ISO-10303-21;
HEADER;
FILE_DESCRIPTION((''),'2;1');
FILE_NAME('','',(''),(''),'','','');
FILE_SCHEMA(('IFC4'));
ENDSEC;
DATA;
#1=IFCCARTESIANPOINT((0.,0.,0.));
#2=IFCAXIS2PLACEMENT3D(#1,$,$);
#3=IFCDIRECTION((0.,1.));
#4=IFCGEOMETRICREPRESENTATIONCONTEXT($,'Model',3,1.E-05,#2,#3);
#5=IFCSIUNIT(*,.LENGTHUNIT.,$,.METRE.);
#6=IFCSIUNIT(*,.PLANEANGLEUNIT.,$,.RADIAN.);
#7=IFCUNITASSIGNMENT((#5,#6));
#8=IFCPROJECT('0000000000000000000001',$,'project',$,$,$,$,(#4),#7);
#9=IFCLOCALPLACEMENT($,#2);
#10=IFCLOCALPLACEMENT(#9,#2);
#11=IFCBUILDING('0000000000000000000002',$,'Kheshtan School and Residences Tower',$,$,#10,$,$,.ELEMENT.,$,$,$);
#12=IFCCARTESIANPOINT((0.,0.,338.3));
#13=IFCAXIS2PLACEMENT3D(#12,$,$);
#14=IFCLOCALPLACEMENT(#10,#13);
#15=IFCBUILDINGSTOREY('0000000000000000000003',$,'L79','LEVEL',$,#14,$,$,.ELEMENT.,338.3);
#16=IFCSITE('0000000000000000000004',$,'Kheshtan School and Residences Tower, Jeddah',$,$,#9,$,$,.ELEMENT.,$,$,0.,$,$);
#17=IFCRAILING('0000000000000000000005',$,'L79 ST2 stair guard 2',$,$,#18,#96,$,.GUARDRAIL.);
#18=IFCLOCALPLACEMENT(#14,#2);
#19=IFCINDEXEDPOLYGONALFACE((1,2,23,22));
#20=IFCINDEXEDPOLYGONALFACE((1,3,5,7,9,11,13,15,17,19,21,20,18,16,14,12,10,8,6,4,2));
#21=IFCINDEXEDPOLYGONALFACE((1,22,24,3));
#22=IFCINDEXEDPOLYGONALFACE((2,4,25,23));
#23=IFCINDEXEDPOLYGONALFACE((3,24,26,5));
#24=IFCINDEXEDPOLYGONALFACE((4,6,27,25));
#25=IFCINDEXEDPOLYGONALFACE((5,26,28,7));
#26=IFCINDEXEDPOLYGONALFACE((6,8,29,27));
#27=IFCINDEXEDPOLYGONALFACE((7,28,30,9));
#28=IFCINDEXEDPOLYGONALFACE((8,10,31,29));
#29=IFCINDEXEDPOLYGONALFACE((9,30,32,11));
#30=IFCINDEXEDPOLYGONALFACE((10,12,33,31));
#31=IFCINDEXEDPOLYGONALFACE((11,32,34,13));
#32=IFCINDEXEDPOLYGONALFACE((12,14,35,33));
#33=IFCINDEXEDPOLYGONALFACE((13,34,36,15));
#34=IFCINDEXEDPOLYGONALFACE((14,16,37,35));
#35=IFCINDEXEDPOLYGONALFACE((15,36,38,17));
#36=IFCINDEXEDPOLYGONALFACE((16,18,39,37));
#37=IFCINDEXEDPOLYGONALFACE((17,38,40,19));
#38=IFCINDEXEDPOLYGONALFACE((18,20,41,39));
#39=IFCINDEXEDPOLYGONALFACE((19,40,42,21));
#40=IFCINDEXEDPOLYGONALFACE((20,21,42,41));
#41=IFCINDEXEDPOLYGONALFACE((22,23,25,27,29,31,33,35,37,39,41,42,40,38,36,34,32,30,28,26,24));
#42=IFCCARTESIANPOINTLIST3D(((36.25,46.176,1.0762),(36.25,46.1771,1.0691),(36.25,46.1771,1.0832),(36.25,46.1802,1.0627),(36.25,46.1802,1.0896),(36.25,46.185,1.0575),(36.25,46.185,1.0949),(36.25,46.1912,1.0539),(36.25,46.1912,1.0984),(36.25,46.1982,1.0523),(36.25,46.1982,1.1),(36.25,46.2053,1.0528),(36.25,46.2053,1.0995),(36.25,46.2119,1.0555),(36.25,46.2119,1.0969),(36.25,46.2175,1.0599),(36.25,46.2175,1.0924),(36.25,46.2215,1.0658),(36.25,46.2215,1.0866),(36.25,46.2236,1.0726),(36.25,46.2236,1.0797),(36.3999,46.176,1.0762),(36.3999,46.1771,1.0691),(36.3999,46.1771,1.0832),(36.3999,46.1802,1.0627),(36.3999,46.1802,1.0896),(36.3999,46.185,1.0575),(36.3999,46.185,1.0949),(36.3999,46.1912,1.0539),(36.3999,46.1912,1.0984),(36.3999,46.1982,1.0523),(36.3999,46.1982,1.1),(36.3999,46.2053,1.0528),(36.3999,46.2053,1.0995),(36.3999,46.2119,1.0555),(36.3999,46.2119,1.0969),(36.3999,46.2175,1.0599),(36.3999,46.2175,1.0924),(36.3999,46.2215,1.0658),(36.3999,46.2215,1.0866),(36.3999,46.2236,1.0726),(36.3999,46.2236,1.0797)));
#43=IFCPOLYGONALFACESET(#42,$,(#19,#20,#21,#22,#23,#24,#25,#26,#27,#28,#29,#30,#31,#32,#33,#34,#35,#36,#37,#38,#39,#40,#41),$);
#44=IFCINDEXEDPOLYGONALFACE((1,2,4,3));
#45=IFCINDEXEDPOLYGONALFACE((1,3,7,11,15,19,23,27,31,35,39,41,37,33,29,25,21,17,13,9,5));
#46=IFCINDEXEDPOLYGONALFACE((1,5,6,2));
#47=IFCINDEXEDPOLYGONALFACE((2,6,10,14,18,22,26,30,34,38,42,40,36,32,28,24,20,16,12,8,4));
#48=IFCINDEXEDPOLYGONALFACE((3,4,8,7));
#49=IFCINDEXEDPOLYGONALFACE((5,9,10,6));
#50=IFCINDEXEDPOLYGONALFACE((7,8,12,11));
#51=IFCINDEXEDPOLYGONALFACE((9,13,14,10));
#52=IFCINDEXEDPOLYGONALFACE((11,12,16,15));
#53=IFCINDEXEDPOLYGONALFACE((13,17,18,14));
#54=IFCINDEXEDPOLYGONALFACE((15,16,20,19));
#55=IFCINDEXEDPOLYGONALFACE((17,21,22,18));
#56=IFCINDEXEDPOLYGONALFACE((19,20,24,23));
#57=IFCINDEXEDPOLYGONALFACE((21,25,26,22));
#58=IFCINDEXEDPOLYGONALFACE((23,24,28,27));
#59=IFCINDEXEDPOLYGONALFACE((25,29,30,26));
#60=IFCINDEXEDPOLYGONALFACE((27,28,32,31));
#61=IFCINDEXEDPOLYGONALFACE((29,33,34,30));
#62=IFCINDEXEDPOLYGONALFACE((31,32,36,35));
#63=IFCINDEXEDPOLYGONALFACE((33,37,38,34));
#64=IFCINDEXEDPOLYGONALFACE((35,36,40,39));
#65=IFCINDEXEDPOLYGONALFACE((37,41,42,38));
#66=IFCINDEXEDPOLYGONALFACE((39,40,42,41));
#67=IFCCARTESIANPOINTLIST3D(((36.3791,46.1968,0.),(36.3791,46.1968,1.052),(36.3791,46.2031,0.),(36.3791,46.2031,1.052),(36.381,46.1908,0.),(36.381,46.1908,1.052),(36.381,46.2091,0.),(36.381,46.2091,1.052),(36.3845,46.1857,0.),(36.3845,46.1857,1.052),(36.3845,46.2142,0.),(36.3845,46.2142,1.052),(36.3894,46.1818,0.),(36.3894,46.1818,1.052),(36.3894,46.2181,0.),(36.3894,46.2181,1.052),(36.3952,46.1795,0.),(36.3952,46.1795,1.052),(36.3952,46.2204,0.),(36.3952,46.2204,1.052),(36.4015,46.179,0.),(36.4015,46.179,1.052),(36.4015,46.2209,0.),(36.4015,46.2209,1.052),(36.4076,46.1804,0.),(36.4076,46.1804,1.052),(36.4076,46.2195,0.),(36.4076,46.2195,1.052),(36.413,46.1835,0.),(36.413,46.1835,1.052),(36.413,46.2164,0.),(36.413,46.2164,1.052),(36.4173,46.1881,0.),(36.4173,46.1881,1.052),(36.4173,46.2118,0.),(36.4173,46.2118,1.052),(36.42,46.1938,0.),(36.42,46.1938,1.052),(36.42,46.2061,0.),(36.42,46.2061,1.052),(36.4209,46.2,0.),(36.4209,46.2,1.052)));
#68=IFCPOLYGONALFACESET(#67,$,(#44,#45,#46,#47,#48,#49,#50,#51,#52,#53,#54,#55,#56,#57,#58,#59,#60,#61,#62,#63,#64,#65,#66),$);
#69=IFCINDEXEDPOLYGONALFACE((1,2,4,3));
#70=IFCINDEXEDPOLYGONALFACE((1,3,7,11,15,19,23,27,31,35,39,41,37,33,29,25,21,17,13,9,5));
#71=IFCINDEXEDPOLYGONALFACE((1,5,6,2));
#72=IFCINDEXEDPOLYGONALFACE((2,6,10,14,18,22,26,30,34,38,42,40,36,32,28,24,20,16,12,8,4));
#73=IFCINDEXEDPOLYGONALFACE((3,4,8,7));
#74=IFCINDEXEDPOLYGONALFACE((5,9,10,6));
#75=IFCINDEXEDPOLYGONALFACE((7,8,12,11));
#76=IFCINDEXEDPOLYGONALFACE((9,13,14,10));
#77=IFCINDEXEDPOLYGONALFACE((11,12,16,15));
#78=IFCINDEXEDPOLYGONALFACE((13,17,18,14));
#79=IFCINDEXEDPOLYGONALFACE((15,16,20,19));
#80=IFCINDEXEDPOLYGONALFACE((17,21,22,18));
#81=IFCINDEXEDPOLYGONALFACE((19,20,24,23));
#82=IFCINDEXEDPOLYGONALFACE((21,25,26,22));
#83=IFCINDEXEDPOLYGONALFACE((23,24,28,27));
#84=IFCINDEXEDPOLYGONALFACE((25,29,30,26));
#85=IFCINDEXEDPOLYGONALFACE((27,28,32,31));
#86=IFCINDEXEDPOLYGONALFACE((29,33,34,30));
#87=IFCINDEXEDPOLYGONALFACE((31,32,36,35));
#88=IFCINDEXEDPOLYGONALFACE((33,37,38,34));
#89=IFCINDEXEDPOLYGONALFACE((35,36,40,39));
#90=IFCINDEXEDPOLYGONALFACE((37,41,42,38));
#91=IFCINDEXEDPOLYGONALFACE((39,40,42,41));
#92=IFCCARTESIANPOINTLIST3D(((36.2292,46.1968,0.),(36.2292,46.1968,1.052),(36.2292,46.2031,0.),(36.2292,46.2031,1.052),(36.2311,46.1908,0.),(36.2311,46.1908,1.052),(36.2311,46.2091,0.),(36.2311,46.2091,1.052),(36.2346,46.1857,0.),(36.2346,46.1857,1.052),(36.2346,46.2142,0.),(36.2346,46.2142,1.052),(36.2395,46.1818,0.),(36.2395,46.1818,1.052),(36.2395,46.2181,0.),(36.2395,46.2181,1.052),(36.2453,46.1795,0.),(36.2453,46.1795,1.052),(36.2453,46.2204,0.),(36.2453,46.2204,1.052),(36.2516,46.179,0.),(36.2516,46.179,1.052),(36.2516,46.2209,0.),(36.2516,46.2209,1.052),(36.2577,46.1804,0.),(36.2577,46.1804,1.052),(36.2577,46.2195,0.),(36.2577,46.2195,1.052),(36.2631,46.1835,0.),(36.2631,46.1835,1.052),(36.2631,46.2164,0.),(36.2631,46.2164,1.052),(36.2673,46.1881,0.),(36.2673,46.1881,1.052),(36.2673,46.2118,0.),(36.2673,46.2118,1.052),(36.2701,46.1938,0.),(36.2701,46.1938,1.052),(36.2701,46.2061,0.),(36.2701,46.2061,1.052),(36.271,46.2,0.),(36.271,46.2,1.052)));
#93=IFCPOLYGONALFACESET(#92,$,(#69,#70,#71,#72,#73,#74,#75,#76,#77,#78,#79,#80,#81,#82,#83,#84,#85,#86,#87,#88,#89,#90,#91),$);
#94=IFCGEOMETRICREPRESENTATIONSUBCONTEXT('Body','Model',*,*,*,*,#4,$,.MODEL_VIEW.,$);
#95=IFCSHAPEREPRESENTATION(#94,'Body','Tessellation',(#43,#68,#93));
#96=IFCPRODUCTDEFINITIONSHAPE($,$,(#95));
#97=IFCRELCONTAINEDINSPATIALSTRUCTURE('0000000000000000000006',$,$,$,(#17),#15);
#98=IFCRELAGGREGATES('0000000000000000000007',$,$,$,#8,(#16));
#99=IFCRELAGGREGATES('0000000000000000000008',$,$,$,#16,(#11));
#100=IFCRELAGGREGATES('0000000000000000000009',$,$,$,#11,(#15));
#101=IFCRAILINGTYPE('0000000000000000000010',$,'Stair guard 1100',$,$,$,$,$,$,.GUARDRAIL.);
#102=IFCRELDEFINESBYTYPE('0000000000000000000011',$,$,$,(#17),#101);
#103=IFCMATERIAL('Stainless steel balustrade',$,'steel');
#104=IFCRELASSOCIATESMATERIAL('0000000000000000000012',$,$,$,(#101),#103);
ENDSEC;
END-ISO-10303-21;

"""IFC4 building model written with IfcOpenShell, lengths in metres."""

from ifc_helpers import new_model, si_unit, direction, frame, origin, origin_2d, place, context, subcontext, project, spatial, circle, extrude, material, type_object, element, save


model = new_model("IFC4")

# Units and contexts
model_context = context("Model", 3, precision=1e-05, world=origin(), true_north=direction((0.0, 1.0)))
body_context = subcontext(model_context, "Body", "Model", "MODEL_VIEW")
ifc_project = project(units=[si_unit("LENGTHUNIT", "METRE"), si_unit("PLANEANGLEUNIT", "RADIAN")], contexts=[model_context])

# Site, building, storey
site_placement = place(None, origin())
site = spatial("IfcSite", under=ifc_project, at=site_placement, Name="Kheshtan School and Residences Tower, Jeddah", CompositionType="ELEMENT", RefElevation=0.0)
building_placement = place(site_placement, origin())
building = spatial("IfcBuilding", under=site, at=building_placement, Name="Kheshtan School and Residences Tower", CompositionType="ELEMENT")
storey_placement = place(building_placement, frame((0.0, 0.0, 338.3)))
storey = spatial("IfcBuildingStorey", under=building, at=storey_placement, Name="L79", Description="LEVEL", CompositionType="ELEMENT", Elevation=338.3)

# Railing
ifc_material_1 = material(Name="Stainless steel balustrade", Category="steel")
railing_type_1 = type_object("IfcRailingType", Name="Stair guard 1100", PredefinedType="GUARDRAIL", material=ifc_material_1)
railing_1_placement = place(storey_placement, frame((36.3999, 46.2, 0.0)))
element("IfcRailing", 1, at=railing_1_placement, inside=storey, type_object=railing_type_1, Name="L79 ST2 stair guard 2", PredefinedType="GUARDRAIL", context=body_context, shape_type="SweptSolid", body=[
    extrude(circle(Radius=0.0239, at=origin_2d()), frame((0.0, 0.0, 1.0762), z_axis=(-1.0, 0.0, 0.0), x_axis=(0.0, -1.0, 0.0)), (0.0, 0.0, 1.0), 0.1499),
    extrude(circle(Radius=0.021, at=origin_2d()), origin(), (0.0, 0.0, 1.0), 1.052),
    extrude(circle(Radius=0.021, at=origin_2d()), frame((-0.1499, 0.0, 0.0)), (0.0, 0.0, 1.0), 1.052),
])

save(model, "model.ifc")
